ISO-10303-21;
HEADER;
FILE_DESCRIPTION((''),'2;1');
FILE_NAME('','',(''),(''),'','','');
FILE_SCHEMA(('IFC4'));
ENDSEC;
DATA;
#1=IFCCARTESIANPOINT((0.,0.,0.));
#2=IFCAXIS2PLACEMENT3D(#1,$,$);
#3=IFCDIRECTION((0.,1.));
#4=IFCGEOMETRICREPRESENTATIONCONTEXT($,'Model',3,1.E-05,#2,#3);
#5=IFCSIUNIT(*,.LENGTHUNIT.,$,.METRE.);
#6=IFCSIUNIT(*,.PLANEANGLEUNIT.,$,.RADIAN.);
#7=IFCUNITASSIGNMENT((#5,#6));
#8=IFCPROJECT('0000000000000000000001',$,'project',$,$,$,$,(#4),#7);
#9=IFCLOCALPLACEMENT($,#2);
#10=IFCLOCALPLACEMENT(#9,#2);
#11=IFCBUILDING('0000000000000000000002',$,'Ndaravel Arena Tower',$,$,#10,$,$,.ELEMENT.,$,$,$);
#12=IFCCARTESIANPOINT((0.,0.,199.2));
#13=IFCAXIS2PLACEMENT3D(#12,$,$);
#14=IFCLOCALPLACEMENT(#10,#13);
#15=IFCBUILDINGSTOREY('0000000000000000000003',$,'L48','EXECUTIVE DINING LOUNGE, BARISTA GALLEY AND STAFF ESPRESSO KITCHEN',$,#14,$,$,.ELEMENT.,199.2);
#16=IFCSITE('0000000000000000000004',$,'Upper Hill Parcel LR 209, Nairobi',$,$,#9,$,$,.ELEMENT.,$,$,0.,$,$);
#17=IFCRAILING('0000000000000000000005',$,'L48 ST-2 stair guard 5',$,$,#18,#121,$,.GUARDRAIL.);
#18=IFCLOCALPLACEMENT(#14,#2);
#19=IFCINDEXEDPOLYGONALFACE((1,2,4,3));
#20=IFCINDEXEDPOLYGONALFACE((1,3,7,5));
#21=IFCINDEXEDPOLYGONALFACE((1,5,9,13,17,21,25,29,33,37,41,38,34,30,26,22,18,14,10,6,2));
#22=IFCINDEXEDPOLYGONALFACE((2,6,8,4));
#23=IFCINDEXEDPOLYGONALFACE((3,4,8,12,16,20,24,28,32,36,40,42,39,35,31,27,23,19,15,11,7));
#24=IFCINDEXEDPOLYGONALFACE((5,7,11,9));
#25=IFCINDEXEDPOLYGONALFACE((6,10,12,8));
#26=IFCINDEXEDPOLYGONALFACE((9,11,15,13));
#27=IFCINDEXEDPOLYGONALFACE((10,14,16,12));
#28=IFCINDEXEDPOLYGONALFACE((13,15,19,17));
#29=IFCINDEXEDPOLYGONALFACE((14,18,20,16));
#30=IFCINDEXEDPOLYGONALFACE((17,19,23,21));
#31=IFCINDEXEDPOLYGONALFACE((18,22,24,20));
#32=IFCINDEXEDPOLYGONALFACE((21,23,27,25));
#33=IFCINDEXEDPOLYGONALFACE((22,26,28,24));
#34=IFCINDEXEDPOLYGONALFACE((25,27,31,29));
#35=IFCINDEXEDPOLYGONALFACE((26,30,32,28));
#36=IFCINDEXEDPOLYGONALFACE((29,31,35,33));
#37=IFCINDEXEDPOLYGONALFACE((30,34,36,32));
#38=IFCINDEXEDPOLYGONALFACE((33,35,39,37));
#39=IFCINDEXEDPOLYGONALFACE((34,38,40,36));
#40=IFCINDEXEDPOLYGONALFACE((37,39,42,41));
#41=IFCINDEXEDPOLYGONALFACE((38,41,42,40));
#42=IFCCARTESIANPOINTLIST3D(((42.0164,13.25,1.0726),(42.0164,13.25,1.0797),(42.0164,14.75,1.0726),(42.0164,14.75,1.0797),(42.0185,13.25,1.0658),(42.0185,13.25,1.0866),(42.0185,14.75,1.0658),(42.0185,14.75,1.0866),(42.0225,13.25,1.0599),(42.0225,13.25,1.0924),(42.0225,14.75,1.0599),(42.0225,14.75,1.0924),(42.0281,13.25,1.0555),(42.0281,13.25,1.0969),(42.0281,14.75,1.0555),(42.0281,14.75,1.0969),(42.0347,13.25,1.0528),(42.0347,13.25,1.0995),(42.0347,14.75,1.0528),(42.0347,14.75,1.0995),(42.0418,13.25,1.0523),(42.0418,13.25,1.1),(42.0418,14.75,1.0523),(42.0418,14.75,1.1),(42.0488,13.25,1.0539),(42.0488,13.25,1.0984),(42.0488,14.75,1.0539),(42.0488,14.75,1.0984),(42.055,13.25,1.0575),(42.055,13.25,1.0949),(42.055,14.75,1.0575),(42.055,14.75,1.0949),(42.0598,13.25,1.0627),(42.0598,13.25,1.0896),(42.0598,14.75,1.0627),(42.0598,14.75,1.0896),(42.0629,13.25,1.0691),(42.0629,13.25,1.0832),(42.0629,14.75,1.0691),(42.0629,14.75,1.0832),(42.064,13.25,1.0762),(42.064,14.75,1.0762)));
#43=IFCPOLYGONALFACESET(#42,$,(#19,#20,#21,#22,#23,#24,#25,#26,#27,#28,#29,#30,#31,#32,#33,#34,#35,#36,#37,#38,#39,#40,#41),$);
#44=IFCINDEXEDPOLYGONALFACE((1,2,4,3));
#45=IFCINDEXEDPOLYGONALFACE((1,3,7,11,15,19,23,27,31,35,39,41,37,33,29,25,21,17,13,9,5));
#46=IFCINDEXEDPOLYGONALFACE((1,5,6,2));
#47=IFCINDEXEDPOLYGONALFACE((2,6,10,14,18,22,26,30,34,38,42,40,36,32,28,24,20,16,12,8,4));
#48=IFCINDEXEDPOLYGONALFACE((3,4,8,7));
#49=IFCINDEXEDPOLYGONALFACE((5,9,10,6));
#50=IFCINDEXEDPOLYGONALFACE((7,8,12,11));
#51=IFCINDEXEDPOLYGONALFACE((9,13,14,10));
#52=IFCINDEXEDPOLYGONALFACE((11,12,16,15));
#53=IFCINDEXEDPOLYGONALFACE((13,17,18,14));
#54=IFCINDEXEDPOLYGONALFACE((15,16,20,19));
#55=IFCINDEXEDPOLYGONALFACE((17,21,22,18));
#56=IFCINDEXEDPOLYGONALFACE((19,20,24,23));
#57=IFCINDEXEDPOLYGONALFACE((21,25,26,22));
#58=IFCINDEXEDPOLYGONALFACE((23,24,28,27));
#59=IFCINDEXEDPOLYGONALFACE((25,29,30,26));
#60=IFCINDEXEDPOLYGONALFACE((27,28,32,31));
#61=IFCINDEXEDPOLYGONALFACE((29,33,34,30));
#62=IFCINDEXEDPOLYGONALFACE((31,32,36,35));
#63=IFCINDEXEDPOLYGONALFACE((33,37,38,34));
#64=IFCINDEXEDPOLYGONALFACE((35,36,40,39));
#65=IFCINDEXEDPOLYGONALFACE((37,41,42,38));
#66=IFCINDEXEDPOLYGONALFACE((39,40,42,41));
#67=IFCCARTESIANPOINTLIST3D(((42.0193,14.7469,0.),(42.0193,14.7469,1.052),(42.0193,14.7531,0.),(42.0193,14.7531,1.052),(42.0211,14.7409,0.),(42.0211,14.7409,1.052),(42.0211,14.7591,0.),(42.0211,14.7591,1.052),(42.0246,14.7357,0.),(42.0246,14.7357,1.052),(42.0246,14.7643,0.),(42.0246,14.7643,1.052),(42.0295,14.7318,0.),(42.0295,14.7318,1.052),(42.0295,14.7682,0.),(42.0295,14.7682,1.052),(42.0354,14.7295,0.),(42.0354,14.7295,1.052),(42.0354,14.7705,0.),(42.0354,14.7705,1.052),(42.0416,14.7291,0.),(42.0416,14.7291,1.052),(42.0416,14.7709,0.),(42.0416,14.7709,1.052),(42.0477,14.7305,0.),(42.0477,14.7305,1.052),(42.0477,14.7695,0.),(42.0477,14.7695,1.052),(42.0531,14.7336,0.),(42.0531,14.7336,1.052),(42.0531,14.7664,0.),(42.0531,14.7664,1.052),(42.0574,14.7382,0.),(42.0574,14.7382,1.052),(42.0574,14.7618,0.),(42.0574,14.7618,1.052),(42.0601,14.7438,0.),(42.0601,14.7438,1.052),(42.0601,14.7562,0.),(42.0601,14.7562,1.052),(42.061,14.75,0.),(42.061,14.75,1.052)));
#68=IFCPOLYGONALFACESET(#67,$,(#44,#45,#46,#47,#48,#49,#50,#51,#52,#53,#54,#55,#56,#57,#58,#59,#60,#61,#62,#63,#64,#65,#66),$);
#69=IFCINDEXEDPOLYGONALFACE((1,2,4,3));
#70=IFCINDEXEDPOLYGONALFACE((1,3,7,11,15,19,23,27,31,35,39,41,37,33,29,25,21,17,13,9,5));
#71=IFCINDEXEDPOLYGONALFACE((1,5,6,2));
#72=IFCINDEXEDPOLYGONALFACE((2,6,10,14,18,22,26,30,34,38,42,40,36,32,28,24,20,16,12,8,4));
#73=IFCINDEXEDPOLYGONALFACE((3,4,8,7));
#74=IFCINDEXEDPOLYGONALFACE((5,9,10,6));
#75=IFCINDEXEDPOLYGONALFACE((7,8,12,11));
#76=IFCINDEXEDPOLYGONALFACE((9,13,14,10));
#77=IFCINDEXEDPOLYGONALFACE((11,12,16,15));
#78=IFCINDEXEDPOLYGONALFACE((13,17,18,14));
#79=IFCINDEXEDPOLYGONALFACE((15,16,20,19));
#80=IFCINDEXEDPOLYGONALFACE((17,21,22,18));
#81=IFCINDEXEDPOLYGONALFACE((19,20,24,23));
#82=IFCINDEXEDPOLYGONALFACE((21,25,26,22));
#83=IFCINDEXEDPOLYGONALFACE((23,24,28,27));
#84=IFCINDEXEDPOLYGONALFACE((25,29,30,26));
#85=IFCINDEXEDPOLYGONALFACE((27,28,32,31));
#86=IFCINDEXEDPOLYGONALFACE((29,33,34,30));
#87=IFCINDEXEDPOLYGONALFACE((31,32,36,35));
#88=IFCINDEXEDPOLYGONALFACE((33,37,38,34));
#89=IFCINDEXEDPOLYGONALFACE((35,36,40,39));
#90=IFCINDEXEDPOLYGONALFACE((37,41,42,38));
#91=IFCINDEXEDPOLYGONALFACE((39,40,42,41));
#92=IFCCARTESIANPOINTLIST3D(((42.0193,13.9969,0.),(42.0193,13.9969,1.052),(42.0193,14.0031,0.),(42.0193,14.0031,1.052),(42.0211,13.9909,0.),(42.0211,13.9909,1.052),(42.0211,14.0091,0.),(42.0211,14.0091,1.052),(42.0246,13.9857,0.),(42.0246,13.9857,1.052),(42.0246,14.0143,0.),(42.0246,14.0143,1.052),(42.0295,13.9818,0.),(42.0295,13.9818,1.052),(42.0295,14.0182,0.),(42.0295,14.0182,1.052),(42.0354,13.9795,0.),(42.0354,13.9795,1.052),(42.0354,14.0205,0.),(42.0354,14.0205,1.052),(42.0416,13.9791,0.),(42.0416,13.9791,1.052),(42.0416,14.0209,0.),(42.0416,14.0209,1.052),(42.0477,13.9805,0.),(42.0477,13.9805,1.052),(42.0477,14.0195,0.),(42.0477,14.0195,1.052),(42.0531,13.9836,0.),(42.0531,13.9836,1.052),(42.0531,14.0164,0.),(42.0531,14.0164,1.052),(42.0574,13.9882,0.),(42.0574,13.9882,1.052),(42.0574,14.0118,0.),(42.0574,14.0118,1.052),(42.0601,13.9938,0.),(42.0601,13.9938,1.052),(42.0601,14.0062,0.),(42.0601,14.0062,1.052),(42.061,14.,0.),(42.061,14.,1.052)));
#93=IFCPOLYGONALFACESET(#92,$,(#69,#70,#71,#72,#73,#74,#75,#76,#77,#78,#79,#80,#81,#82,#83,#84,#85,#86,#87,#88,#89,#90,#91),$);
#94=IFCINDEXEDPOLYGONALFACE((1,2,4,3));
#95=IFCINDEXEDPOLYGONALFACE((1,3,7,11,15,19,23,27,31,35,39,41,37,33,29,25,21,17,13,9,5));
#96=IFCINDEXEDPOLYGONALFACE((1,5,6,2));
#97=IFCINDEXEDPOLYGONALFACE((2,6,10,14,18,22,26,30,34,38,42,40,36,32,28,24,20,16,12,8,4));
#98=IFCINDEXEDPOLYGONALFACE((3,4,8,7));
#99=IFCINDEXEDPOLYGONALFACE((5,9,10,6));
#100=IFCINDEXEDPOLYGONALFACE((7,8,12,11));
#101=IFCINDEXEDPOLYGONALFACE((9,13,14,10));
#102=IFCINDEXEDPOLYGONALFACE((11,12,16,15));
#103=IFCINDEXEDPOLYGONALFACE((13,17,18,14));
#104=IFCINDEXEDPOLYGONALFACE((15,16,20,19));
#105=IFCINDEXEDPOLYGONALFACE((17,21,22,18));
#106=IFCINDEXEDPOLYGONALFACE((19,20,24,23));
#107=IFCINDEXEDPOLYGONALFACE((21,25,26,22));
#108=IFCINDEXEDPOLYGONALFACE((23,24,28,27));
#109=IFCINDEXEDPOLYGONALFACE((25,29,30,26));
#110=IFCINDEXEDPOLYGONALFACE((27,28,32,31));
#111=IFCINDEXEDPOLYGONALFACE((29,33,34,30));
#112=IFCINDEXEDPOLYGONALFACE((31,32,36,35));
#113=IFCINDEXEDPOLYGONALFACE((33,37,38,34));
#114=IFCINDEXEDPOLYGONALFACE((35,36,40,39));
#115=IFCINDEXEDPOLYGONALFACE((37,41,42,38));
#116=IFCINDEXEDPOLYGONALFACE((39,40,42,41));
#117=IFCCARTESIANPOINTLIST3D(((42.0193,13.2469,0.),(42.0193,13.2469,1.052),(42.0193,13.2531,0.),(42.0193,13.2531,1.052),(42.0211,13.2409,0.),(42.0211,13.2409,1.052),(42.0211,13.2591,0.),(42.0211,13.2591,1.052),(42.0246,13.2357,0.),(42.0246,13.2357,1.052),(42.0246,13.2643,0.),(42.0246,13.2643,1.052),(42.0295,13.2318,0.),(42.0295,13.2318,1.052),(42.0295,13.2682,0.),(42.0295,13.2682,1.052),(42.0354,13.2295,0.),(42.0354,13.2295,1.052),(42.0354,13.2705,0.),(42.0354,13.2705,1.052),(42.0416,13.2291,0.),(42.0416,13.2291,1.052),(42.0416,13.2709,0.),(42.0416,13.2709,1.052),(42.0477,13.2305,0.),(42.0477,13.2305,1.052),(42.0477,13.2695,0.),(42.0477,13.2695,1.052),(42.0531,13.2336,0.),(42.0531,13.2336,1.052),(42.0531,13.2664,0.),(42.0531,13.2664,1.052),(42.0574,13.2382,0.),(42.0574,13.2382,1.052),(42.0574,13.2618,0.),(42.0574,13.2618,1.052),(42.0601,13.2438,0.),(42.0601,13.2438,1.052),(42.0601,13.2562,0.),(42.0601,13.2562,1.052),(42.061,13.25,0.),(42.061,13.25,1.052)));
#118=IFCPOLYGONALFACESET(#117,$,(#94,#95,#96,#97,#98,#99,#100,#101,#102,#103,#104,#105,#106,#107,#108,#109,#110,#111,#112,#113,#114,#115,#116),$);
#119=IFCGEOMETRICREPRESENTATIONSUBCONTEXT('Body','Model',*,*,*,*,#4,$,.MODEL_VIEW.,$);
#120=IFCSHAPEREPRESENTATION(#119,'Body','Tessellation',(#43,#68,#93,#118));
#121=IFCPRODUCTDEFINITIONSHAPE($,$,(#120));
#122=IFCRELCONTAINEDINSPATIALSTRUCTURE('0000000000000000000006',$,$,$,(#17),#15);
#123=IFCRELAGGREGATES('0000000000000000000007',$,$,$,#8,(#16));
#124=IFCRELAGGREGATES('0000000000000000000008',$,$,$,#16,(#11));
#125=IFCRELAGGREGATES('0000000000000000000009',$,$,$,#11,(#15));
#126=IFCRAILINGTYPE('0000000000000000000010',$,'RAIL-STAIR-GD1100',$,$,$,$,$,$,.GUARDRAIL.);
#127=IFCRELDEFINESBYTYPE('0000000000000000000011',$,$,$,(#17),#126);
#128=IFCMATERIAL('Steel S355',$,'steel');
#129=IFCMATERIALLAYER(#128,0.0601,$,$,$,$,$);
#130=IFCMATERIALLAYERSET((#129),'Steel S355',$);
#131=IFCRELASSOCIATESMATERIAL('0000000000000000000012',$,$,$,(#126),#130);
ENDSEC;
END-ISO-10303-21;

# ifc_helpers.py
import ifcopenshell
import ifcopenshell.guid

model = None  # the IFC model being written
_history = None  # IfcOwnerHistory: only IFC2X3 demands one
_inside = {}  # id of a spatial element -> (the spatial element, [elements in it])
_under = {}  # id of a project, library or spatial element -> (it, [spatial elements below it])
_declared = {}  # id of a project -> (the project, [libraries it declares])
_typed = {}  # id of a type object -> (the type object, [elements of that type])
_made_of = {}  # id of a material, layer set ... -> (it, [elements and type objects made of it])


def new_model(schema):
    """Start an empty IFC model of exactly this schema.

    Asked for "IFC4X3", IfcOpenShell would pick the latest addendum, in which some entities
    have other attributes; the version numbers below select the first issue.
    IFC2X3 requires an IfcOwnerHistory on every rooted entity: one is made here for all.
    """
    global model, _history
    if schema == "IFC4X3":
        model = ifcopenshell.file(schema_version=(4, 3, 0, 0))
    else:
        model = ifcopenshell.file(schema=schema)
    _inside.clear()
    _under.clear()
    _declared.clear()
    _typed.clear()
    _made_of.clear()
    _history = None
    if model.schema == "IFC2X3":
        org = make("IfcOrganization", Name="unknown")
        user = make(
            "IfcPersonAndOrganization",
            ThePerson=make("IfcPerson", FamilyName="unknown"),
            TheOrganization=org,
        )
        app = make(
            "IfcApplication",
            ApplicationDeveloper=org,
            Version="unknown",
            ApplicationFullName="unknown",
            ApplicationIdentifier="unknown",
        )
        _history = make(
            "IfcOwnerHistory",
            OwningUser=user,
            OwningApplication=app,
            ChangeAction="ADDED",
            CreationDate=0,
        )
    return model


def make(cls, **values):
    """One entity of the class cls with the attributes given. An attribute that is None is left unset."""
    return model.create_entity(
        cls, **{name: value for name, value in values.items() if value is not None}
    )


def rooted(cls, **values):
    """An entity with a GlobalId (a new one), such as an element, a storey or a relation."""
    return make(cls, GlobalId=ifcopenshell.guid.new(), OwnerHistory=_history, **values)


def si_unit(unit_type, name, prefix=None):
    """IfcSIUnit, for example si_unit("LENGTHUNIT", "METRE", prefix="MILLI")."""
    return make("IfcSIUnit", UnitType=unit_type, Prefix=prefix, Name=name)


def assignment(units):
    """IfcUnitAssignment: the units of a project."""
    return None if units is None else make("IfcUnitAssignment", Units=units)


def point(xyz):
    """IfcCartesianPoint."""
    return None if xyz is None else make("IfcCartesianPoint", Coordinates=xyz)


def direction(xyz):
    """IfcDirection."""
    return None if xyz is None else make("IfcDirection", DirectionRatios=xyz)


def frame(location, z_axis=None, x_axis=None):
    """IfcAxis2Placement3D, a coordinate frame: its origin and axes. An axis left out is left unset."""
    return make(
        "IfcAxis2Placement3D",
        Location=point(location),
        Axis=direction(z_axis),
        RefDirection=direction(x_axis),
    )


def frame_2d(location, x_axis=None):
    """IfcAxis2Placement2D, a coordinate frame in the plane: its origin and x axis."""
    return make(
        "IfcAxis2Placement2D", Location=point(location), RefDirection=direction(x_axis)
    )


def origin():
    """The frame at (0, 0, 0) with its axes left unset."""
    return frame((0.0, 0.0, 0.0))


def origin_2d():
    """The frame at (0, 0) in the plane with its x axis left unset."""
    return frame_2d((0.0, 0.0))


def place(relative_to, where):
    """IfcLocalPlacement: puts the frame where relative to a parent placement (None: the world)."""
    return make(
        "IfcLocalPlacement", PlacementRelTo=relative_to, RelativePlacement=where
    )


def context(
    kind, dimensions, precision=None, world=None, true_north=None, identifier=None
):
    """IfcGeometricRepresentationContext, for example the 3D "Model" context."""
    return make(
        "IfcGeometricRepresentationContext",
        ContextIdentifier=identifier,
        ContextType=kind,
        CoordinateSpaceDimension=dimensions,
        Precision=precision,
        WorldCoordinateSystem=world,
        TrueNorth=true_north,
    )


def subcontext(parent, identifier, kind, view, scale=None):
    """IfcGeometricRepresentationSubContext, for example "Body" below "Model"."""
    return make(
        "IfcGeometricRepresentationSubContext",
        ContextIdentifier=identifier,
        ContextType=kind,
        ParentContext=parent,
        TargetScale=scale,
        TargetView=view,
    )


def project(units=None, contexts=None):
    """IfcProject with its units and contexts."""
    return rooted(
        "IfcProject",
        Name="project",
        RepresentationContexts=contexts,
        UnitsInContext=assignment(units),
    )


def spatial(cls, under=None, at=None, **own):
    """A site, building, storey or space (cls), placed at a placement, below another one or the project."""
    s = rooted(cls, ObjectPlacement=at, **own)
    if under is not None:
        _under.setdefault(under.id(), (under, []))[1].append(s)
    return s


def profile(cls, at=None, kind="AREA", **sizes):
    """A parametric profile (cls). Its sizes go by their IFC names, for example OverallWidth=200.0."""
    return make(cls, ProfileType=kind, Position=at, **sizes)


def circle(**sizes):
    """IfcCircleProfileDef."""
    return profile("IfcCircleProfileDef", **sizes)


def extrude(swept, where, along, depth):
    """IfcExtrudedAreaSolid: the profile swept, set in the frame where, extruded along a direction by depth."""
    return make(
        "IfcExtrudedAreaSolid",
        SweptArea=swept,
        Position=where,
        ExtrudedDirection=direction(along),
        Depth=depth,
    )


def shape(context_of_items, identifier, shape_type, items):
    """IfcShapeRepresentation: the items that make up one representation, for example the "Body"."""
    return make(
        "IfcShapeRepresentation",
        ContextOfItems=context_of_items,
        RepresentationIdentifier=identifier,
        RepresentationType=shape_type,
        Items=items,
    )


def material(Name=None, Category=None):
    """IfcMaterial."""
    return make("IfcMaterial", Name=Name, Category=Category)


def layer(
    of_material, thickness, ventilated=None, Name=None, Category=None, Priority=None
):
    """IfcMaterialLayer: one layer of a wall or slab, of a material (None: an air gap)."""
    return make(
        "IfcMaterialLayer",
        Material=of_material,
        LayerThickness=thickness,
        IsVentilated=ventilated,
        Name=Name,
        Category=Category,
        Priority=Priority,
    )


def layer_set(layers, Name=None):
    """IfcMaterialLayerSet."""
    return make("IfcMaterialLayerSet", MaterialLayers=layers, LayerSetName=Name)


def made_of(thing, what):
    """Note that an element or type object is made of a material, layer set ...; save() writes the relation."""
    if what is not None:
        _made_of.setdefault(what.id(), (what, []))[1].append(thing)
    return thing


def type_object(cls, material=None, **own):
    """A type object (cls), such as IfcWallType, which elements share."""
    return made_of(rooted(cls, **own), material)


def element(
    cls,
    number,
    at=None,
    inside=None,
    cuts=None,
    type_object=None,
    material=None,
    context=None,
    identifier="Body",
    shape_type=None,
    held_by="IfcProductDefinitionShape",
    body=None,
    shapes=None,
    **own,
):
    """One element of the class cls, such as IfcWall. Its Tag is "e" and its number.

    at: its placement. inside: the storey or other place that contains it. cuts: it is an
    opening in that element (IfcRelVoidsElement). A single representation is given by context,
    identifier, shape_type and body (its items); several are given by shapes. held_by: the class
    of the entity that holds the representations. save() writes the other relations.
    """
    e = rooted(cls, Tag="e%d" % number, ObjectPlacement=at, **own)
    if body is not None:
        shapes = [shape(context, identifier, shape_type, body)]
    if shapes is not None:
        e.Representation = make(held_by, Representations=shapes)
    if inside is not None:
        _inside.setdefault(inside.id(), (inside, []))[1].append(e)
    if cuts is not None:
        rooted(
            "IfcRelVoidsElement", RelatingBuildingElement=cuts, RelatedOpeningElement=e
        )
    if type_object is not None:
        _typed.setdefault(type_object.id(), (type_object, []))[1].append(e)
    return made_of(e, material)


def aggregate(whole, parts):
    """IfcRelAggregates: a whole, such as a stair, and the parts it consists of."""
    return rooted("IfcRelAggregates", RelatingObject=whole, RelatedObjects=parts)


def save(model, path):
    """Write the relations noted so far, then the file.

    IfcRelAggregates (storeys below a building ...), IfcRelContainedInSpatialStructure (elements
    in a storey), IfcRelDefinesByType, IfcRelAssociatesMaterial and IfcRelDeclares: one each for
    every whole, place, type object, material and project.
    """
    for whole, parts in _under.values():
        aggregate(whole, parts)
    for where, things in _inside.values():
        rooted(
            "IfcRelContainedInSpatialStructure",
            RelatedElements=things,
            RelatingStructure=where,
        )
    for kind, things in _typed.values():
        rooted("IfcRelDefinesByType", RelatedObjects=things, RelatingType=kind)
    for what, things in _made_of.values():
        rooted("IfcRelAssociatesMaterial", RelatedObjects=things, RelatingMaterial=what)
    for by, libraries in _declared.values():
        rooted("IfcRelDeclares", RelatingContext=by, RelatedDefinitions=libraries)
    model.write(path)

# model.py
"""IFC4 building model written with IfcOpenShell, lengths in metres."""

from ifc_helpers import new_model, si_unit, direction, frame, origin, origin_2d, place, context, subcontext, project, spatial, circle, extrude, material, layer, layer_set, type_object, element, save


model = new_model("IFC4")

# Units and contexts
model_context = context("Model", 3, precision=1e-05, world=origin(), true_north=direction((0.0, 1.0)))
body_context = subcontext(model_context, "Body", "Model", "MODEL_VIEW")
ifc_project = project(units=[si_unit("LENGTHUNIT", "METRE"), si_unit("PLANEANGLEUNIT", "RADIAN")], contexts=[model_context])

# Site, building, storey
site_placement = place(None, origin())
site = spatial("IfcSite", under=ifc_project, at=site_placement, Name="Upper Hill Parcel LR 209, Nairobi", CompositionType="ELEMENT", RefElevation=0.0)
building_placement = place(site_placement, origin())
building = spatial("IfcBuilding", under=site, at=building_placement, Name="Ndaravel Arena Tower", CompositionType="ELEMENT")
storey_placement = place(building_placement, frame((0.0, 0.0, 199.2)))
storey = spatial("IfcBuildingStorey", under=building, at=storey_placement, Name="L48", Description="EXECUTIVE DINING LOUNGE, BARISTA GALLEY AND STAFF ESPRESSO KITCHEN", CompositionType="ELEMENT", Elevation=199.2)

# Railing
ifc_material_1 = material(Name="Steel S355", Category="steel")
ifc_layer_1 = layer(ifc_material_1, 0.0601)
ifc_layer_set_1 = layer_set([ifc_layer_1], Name="Steel S355")
railing_type = type_object("IfcRailingType", Name="RAIL-STAIR-GD1100", PredefinedType="GUARDRAIL", material=ifc_layer_set_1)
railing_1_placement = place(storey_placement, frame((42.04, 14.75, 0.0)))
element("IfcRailing", 1, at=railing_1_placement, inside=storey, type_object=railing_type, Name="L48 ST-2 stair guard 5", PredefinedType="GUARDRAIL", context=body_context, shape_type="SweptSolid", body=[
    extrude(circle(Radius=0.0239, at=origin_2d()), frame((0.0, 0.0, 1.0762), z_axis=(0.0, -1.0, 0.0), x_axis=(1.0, 0.0, 0.0)), (0.0, 0.0, 1.0), 1.5),
    extrude(circle(Radius=0.021, at=origin_2d()), origin(), (0.0, 0.0, 1.0), 1.052),
    extrude(circle(Radius=0.021, at=origin_2d()), frame((0.0, -0.75, 0.0)), (0.0, 0.0, 1.0), 1.052),
    extrude(circle(Radius=0.021, at=origin_2d()), frame((0.0, -1.5, 0.0)), (0.0, 0.0, 1.0), 1.052),
])

save(model, "model.ifc")
